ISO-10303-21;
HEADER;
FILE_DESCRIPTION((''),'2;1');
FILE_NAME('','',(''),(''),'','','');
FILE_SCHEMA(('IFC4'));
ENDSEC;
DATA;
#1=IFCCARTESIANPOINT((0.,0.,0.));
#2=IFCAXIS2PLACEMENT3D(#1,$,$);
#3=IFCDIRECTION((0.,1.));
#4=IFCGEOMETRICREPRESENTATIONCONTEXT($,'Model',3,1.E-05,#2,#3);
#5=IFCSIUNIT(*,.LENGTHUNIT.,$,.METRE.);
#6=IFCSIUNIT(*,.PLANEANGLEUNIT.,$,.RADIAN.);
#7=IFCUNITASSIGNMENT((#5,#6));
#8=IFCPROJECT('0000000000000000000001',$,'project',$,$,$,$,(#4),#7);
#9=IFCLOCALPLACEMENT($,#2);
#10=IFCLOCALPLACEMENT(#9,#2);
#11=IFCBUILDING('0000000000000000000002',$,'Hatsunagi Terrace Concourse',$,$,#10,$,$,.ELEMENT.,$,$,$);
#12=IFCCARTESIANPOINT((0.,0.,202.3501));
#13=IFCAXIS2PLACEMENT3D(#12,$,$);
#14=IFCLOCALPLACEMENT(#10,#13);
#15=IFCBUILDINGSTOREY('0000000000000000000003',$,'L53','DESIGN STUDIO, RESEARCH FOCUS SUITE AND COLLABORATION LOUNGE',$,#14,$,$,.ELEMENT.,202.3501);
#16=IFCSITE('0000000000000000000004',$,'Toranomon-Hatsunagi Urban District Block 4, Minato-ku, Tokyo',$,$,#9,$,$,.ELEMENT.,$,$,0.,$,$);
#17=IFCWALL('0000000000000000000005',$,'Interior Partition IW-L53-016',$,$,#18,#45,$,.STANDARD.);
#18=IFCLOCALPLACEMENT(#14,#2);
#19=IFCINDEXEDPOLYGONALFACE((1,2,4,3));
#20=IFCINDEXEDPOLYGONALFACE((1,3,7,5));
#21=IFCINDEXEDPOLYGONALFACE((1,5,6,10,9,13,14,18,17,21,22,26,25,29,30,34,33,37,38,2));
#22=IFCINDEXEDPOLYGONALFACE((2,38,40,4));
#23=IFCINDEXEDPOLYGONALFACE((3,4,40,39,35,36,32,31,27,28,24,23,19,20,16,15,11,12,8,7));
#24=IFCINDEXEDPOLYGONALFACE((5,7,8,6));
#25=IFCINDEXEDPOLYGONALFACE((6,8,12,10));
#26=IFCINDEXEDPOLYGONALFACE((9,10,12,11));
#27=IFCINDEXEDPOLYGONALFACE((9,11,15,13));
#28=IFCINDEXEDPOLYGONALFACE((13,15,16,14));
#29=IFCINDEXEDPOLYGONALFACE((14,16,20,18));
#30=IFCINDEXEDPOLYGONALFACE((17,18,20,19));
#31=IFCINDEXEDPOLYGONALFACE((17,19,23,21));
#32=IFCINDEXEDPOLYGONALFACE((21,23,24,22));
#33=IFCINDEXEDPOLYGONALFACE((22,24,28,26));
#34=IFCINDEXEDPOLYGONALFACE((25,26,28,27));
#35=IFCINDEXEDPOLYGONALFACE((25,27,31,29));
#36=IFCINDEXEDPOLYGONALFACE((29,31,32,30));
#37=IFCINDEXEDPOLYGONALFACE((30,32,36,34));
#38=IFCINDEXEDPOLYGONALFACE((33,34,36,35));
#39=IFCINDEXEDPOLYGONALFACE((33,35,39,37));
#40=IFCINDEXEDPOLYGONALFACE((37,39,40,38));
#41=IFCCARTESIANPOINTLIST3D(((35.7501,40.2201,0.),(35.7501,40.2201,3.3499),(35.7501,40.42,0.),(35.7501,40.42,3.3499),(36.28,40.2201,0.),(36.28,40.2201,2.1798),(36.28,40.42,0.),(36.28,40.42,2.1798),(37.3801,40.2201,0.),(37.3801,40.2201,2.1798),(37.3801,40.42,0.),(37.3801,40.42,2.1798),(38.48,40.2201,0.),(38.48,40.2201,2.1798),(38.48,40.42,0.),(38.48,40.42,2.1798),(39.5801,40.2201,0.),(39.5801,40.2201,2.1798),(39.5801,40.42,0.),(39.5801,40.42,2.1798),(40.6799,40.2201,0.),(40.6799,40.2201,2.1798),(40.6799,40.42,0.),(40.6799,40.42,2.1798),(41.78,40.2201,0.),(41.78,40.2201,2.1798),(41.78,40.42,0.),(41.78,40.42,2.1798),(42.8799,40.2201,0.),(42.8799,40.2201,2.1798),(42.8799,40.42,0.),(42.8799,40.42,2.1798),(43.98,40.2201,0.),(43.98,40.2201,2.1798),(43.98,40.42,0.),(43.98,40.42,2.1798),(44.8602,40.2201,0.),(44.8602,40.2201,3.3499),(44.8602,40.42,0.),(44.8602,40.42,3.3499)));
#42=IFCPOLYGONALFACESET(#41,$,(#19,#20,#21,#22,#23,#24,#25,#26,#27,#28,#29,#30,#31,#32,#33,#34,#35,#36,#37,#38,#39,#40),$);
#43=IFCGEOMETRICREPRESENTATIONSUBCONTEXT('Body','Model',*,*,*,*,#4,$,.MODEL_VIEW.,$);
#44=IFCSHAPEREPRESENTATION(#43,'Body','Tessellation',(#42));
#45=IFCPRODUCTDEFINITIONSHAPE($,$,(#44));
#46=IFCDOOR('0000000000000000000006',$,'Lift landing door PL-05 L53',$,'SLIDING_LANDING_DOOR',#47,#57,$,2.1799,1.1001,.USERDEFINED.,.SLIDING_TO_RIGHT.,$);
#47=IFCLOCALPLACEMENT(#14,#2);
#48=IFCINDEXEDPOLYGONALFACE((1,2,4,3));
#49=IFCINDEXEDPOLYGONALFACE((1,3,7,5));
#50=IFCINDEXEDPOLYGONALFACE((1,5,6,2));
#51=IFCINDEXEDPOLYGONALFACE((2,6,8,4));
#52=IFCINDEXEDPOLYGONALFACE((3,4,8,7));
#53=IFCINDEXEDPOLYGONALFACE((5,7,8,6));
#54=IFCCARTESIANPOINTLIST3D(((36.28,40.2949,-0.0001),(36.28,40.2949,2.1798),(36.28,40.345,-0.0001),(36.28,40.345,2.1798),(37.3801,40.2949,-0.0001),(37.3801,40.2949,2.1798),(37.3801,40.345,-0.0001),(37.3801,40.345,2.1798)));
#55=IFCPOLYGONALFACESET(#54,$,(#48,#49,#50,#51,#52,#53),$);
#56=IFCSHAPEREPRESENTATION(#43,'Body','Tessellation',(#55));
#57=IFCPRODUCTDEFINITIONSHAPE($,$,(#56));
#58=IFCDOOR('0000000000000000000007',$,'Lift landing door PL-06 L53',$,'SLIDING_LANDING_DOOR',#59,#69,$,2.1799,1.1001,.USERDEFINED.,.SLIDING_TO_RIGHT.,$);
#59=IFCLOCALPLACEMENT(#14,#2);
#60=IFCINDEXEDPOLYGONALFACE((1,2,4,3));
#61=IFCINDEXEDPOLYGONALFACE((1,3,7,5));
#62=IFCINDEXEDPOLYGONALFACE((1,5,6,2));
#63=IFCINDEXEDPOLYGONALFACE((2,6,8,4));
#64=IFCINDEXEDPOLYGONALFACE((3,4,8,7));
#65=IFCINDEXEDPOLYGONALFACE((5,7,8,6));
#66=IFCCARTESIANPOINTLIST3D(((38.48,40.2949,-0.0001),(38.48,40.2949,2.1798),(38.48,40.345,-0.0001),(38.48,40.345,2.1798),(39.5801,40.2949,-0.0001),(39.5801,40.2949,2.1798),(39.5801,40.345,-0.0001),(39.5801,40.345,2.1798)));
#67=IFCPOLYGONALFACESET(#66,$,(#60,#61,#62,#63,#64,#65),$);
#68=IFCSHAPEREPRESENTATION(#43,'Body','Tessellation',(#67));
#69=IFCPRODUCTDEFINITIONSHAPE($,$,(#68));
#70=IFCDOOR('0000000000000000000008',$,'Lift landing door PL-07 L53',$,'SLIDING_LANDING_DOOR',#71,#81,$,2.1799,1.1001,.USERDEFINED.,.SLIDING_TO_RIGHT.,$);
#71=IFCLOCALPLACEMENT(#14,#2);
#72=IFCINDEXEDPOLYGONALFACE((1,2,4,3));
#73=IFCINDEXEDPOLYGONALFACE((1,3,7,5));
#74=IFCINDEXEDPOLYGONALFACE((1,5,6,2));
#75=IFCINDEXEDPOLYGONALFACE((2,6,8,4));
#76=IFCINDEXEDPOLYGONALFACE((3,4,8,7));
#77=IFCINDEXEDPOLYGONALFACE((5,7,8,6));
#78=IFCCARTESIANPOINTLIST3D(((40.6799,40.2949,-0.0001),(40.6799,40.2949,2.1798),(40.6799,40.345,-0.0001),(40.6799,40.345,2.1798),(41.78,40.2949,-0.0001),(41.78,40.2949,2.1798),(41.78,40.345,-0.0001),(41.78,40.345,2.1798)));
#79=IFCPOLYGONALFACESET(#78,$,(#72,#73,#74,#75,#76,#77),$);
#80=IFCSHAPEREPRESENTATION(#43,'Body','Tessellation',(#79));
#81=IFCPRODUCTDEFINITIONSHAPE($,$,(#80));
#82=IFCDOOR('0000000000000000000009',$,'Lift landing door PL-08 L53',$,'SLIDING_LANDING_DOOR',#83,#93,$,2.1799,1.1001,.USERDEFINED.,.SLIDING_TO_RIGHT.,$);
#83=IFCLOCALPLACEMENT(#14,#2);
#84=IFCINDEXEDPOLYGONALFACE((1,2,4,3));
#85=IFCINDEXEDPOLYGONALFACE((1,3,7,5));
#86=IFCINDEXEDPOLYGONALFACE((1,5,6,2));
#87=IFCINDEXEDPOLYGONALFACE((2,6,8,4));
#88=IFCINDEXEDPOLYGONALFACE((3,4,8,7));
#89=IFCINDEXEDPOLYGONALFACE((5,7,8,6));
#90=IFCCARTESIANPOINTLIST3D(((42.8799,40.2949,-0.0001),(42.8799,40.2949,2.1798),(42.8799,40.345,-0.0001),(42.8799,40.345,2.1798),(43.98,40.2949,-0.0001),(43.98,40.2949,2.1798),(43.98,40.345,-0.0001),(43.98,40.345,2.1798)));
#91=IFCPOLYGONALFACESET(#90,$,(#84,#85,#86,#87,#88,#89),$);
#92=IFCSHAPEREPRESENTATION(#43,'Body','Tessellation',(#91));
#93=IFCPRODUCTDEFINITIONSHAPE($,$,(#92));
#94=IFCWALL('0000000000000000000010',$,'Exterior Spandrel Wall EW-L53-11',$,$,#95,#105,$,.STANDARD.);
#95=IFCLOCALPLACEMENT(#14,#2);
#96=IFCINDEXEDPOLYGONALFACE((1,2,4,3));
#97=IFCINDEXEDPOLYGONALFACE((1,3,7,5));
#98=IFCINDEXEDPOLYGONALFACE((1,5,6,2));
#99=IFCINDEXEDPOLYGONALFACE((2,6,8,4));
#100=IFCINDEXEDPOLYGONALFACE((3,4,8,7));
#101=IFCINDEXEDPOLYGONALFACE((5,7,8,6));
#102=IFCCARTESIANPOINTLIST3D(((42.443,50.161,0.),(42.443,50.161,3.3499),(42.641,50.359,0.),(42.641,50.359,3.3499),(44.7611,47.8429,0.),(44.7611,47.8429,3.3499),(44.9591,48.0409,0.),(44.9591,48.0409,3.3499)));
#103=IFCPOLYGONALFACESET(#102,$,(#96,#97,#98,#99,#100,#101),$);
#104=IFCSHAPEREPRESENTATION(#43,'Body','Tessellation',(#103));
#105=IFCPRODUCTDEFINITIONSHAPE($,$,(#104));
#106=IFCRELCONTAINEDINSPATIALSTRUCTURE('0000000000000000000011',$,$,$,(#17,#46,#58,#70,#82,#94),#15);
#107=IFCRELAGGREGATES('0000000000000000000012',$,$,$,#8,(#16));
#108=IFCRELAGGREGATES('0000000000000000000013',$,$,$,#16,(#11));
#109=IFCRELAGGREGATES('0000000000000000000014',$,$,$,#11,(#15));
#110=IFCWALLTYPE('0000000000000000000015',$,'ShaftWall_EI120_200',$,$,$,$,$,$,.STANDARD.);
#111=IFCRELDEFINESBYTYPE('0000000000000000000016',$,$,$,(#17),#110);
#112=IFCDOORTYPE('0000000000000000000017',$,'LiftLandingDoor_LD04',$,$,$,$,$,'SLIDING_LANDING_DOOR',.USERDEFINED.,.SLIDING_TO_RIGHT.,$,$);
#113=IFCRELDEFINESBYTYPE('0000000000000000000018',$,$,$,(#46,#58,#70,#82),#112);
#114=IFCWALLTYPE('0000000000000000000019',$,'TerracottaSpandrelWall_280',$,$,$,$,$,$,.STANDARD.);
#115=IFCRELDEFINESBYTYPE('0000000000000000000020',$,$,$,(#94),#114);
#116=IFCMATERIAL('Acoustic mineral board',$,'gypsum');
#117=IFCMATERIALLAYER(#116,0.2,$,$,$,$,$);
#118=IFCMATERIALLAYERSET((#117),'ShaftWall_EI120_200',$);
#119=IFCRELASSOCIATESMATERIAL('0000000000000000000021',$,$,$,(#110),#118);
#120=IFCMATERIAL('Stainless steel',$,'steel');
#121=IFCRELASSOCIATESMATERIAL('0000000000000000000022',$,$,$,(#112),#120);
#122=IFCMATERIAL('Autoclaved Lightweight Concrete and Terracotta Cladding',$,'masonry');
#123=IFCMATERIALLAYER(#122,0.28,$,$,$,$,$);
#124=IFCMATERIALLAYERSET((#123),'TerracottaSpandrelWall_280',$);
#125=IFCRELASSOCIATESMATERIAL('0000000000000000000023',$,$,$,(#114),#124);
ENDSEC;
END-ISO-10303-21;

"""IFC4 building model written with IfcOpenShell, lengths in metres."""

from ifc_helpers import new_model, si_unit, direction, frame, frame_2d, origin, place, context, subcontext, project, spatial, rectangle, extrude, material, layer, layer_set, type_object, element, fill, save


model = new_model("IFC4")

# Units and contexts
model_context = context("Model", 3, precision=1e-05, world=origin(), true_north=direction((0.0, 1.0)))
body_context = subcontext(model_context, "Body", "Model", "MODEL_VIEW")
ifc_project = project(units=[si_unit("LENGTHUNIT", "METRE"), si_unit("PLANEANGLEUNIT", "RADIAN")], contexts=[model_context])

# Site, building, storey
site_placement = place(None, origin())
site = spatial("IfcSite", under=ifc_project, at=site_placement, Name="Toranomon-Hatsunagi Urban District Block 4, Minato-ku, Tokyo", CompositionType="ELEMENT", RefElevation=0.0)
building_placement = place(site_placement, origin())
building = spatial("IfcBuilding", under=site, at=building_placement, Name="Hatsunagi Terrace Concourse", CompositionType="ELEMENT")
storey_placement = place(building_placement, frame((0.0, 0.0, 202.3501)))
storey = spatial("IfcBuildingStorey", under=building, at=storey_placement, Name="L53", Description="DESIGN STUDIO, RESEARCH FOCUS SUITE AND COLLABORATION LOUNGE", CompositionType="ELEMENT", Elevation=202.3501)

# Shared definitions
ifc_material_1 = material(Name="Acoustic mineral board", Category="gypsum")
ifc_layer_1 = layer(ifc_material_1, 0.2)
ifc_layer_set_1 = layer_set([ifc_layer_1], Name="ShaftWall_EI120_200")
wall_type_1 = type_object("IfcWallType", Name="ShaftWall_EI120_200", PredefinedType="STANDARD", material=ifc_layer_set_1)

# Wall, openings, doors
wall_1_placement = place(storey_placement, frame((35.75, 40.3201, 0.0), z_axis=(0.0, 0.0, 1.0), x_axis=(1.0, 0.0, 0.0)))
wall_1 = element("IfcWall", 1, at=wall_1_placement, inside=storey, type_object=wall_type_1, Name="Interior Partition IW-L53-016", PredefinedType="STANDARD", context=body_context, shape_type="SweptSolid", body=[
    extrude(rectangle(XDim=9.1101, YDim=0.2, at=frame_2d((4.5552, 0.0))), origin(), (0.0, 0.0, 1.0), 3.3499),
])
opening_1_placement = place(wall_1_placement, frame((0.53, 0.0, 0.0)))
opening_1 = element("IfcOpeningElement", 2, at=opening_1_placement, cuts=wall_1, PredefinedType="OPENING", context=body_context, shape_type="SweptSolid", body=[
    extrude(rectangle(XDim=1.1001, YDim=2.1799, at=frame_2d((0.55, 1.0898))), frame((0.0, 0.1099, 0.0), z_axis=(0.0, -1.0, 0.0), x_axis=(1.0, 0.0, 0.0)), (0.0, 0.0, 1.0), 0.22),
])
opening_2_placement = place(wall_1_placement, frame((2.73, 0.0, 0.0)))
opening_2 = element("IfcOpeningElement", 3, at=opening_2_placement, cuts=wall_1, PredefinedType="OPENING", context=body_context, shape_type="SweptSolid", body=[
    extrude(rectangle(XDim=1.1001, YDim=2.1799, at=frame_2d((0.55, 1.0898))), frame((0.0, 0.1099, 0.0), z_axis=(0.0, -1.0, 0.0), x_axis=(1.0, 0.0, 0.0)), (0.0, 0.0, 1.0), 0.22),
])
opening_3_placement = place(wall_1_placement, frame((4.9299, 0.0, 0.0)))
opening_3 = element("IfcOpeningElement", 4, at=opening_3_placement, cuts=wall_1, PredefinedType="OPENING", context=body_context, shape_type="SweptSolid", body=[
    extrude(rectangle(XDim=1.1001, YDim=2.1799, at=frame_2d((0.55, 1.0898))), frame((0.0, 0.1099, 0.0), z_axis=(0.0, -1.0, 0.0), x_axis=(1.0, 0.0, 0.0)), (0.0, 0.0, 1.0), 0.22),
])
opening_4_placement = place(wall_1_placement, frame((7.1299, 0.0, 0.0)))
opening_4 = element("IfcOpeningElement", 5, at=opening_4_placement, cuts=wall_1, PredefinedType="OPENING", context=body_context, shape_type="SweptSolid", body=[
    extrude(rectangle(XDim=1.1001, YDim=2.1799, at=frame_2d((0.55, 1.0898))), frame((0.0, 0.1099, 0.0), z_axis=(0.0, -1.0, 0.0), x_axis=(1.0, 0.0, 0.0)), (0.0, 0.0, 1.0), 0.22),
])
ifc_material_2 = material(Name="Stainless steel", Category="steel")
door_type_1 = type_object("IfcDoorType", Name="LiftLandingDoor_LD04", ElementType="SLIDING_LANDING_DOOR", OperationType="SLIDING_TO_RIGHT", PredefinedType="USERDEFINED", material=ifc_material_2)
door_1_placement = place(opening_1_placement, origin())
door_1 = element("IfcDoor", 6, at=door_1_placement, inside=storey, type_object=door_type_1, Name="Lift landing door PL-05 L53", ObjectType="SLIDING_LANDING_DOOR", OperationType="SLIDING_TO_RIGHT", OverallHeight=2.1799, OverallWidth=1.1001, PredefinedType="USERDEFINED", context=body_context, shape_type="SweptSolid", body=[
    extrude(rectangle(XDim=1.1001, YDim=2.1799, at=frame_2d((0.55, 1.0898))), frame((0.0, 0.0249, 0.0), z_axis=(0.0, -1.0, 0.0), x_axis=(1.0, 0.0, 0.0)), (0.0, 0.0, 1.0), 0.05),
])
fill(opening_1, door_1)
door_2_placement = place(opening_2_placement, origin())
door_2 = element("IfcDoor", 7, at=door_2_placement, inside=storey, type_object=door_type_1, Name="Lift landing door PL-06 L53", ObjectType="SLIDING_LANDING_DOOR", OperationType="SLIDING_TO_RIGHT", OverallHeight=2.1799, OverallWidth=1.1001, PredefinedType="USERDEFINED", context=body_context, shape_type="SweptSolid", body=[
    extrude(rectangle(XDim=1.1001, YDim=2.1799, at=frame_2d((0.55, 1.0898))), frame((0.0, 0.0249, 0.0), z_axis=(0.0, -1.0, 0.0), x_axis=(1.0, 0.0, 0.0)), (0.0, 0.0, 1.0), 0.05),
])
fill(opening_2, door_2)
door_3_placement = place(opening_3_placement, origin())
door_3 = element("IfcDoor", 8, at=door_3_placement, inside=storey, type_object=door_type_1, Name="Lift landing door PL-07 L53", ObjectType="SLIDING_LANDING_DOOR", OperationType="SLIDING_TO_RIGHT", OverallHeight=2.1799, OverallWidth=1.1001, PredefinedType="USERDEFINED", context=body_context, shape_type="SweptSolid", body=[
    extrude(rectangle(XDim=1.1001, YDim=2.1799, at=frame_2d((0.55, 1.0898))), frame((0.0, 0.0249, 0.0), z_axis=(0.0, -1.0, 0.0), x_axis=(1.0, 0.0, 0.0)), (0.0, 0.0, 1.0), 0.05),
])
fill(opening_3, door_3)
door_4_placement = place(opening_4_placement, origin())
door_4 = element("IfcDoor", 9, at=door_4_placement, inside=storey, type_object=door_type_1, Name="Lift landing door PL-08 L53", ObjectType="SLIDING_LANDING_DOOR", OperationType="SLIDING_TO_RIGHT", OverallHeight=2.1799, OverallWidth=1.1001, PredefinedType="USERDEFINED", context=body_context, shape_type="SweptSolid", body=[
    extrude(rectangle(XDim=1.1001, YDim=2.1799, at=frame_2d((0.55, 1.0898))), frame((0.0, 0.0249, 0.0), z_axis=(0.0, -1.0, 0.0), x_axis=(1.0, 0.0, 0.0)), (0.0, 0.0, 1.0), 0.05),
])
fill(opening_4, door_4)

# Wall
ifc_material_3 = material(Name="Autoclaved Lightweight Concrete and Terracotta Cladding", Category="masonry")
ifc_layer_2 = layer(ifc_material_3, 0.28)
ifc_layer_set_2 = layer_set([ifc_layer_2], Name="TerracottaSpandrelWall_280")
wall_type_2 = type_object("IfcWallType", Name="TerracottaSpandrelWall_280", PredefinedType="STANDARD", material=ifc_layer_set_2)
wall_2_placement = place(storey_placement, frame((42.542, 50.26, 0.0), z_axis=(0.0, 0.0, 1.0), x_axis=(0.707107, -0.707107, 0.0)))
element("IfcWall", 10, at=wall_2_placement, inside=storey, type_object=wall_type_2, Name="Exterior Spandrel Wall EW-L53-11", PredefinedType="STANDARD", context=body_context, shape_type="SweptSolid", body=[
    extrude(rectangle(XDim=3.2783, YDim=0.28, at=frame_2d((1.6392, 0.0))), origin(), (0.0, 0.0, 1.0), 3.3499),
])

save(model, "model.ifc")
